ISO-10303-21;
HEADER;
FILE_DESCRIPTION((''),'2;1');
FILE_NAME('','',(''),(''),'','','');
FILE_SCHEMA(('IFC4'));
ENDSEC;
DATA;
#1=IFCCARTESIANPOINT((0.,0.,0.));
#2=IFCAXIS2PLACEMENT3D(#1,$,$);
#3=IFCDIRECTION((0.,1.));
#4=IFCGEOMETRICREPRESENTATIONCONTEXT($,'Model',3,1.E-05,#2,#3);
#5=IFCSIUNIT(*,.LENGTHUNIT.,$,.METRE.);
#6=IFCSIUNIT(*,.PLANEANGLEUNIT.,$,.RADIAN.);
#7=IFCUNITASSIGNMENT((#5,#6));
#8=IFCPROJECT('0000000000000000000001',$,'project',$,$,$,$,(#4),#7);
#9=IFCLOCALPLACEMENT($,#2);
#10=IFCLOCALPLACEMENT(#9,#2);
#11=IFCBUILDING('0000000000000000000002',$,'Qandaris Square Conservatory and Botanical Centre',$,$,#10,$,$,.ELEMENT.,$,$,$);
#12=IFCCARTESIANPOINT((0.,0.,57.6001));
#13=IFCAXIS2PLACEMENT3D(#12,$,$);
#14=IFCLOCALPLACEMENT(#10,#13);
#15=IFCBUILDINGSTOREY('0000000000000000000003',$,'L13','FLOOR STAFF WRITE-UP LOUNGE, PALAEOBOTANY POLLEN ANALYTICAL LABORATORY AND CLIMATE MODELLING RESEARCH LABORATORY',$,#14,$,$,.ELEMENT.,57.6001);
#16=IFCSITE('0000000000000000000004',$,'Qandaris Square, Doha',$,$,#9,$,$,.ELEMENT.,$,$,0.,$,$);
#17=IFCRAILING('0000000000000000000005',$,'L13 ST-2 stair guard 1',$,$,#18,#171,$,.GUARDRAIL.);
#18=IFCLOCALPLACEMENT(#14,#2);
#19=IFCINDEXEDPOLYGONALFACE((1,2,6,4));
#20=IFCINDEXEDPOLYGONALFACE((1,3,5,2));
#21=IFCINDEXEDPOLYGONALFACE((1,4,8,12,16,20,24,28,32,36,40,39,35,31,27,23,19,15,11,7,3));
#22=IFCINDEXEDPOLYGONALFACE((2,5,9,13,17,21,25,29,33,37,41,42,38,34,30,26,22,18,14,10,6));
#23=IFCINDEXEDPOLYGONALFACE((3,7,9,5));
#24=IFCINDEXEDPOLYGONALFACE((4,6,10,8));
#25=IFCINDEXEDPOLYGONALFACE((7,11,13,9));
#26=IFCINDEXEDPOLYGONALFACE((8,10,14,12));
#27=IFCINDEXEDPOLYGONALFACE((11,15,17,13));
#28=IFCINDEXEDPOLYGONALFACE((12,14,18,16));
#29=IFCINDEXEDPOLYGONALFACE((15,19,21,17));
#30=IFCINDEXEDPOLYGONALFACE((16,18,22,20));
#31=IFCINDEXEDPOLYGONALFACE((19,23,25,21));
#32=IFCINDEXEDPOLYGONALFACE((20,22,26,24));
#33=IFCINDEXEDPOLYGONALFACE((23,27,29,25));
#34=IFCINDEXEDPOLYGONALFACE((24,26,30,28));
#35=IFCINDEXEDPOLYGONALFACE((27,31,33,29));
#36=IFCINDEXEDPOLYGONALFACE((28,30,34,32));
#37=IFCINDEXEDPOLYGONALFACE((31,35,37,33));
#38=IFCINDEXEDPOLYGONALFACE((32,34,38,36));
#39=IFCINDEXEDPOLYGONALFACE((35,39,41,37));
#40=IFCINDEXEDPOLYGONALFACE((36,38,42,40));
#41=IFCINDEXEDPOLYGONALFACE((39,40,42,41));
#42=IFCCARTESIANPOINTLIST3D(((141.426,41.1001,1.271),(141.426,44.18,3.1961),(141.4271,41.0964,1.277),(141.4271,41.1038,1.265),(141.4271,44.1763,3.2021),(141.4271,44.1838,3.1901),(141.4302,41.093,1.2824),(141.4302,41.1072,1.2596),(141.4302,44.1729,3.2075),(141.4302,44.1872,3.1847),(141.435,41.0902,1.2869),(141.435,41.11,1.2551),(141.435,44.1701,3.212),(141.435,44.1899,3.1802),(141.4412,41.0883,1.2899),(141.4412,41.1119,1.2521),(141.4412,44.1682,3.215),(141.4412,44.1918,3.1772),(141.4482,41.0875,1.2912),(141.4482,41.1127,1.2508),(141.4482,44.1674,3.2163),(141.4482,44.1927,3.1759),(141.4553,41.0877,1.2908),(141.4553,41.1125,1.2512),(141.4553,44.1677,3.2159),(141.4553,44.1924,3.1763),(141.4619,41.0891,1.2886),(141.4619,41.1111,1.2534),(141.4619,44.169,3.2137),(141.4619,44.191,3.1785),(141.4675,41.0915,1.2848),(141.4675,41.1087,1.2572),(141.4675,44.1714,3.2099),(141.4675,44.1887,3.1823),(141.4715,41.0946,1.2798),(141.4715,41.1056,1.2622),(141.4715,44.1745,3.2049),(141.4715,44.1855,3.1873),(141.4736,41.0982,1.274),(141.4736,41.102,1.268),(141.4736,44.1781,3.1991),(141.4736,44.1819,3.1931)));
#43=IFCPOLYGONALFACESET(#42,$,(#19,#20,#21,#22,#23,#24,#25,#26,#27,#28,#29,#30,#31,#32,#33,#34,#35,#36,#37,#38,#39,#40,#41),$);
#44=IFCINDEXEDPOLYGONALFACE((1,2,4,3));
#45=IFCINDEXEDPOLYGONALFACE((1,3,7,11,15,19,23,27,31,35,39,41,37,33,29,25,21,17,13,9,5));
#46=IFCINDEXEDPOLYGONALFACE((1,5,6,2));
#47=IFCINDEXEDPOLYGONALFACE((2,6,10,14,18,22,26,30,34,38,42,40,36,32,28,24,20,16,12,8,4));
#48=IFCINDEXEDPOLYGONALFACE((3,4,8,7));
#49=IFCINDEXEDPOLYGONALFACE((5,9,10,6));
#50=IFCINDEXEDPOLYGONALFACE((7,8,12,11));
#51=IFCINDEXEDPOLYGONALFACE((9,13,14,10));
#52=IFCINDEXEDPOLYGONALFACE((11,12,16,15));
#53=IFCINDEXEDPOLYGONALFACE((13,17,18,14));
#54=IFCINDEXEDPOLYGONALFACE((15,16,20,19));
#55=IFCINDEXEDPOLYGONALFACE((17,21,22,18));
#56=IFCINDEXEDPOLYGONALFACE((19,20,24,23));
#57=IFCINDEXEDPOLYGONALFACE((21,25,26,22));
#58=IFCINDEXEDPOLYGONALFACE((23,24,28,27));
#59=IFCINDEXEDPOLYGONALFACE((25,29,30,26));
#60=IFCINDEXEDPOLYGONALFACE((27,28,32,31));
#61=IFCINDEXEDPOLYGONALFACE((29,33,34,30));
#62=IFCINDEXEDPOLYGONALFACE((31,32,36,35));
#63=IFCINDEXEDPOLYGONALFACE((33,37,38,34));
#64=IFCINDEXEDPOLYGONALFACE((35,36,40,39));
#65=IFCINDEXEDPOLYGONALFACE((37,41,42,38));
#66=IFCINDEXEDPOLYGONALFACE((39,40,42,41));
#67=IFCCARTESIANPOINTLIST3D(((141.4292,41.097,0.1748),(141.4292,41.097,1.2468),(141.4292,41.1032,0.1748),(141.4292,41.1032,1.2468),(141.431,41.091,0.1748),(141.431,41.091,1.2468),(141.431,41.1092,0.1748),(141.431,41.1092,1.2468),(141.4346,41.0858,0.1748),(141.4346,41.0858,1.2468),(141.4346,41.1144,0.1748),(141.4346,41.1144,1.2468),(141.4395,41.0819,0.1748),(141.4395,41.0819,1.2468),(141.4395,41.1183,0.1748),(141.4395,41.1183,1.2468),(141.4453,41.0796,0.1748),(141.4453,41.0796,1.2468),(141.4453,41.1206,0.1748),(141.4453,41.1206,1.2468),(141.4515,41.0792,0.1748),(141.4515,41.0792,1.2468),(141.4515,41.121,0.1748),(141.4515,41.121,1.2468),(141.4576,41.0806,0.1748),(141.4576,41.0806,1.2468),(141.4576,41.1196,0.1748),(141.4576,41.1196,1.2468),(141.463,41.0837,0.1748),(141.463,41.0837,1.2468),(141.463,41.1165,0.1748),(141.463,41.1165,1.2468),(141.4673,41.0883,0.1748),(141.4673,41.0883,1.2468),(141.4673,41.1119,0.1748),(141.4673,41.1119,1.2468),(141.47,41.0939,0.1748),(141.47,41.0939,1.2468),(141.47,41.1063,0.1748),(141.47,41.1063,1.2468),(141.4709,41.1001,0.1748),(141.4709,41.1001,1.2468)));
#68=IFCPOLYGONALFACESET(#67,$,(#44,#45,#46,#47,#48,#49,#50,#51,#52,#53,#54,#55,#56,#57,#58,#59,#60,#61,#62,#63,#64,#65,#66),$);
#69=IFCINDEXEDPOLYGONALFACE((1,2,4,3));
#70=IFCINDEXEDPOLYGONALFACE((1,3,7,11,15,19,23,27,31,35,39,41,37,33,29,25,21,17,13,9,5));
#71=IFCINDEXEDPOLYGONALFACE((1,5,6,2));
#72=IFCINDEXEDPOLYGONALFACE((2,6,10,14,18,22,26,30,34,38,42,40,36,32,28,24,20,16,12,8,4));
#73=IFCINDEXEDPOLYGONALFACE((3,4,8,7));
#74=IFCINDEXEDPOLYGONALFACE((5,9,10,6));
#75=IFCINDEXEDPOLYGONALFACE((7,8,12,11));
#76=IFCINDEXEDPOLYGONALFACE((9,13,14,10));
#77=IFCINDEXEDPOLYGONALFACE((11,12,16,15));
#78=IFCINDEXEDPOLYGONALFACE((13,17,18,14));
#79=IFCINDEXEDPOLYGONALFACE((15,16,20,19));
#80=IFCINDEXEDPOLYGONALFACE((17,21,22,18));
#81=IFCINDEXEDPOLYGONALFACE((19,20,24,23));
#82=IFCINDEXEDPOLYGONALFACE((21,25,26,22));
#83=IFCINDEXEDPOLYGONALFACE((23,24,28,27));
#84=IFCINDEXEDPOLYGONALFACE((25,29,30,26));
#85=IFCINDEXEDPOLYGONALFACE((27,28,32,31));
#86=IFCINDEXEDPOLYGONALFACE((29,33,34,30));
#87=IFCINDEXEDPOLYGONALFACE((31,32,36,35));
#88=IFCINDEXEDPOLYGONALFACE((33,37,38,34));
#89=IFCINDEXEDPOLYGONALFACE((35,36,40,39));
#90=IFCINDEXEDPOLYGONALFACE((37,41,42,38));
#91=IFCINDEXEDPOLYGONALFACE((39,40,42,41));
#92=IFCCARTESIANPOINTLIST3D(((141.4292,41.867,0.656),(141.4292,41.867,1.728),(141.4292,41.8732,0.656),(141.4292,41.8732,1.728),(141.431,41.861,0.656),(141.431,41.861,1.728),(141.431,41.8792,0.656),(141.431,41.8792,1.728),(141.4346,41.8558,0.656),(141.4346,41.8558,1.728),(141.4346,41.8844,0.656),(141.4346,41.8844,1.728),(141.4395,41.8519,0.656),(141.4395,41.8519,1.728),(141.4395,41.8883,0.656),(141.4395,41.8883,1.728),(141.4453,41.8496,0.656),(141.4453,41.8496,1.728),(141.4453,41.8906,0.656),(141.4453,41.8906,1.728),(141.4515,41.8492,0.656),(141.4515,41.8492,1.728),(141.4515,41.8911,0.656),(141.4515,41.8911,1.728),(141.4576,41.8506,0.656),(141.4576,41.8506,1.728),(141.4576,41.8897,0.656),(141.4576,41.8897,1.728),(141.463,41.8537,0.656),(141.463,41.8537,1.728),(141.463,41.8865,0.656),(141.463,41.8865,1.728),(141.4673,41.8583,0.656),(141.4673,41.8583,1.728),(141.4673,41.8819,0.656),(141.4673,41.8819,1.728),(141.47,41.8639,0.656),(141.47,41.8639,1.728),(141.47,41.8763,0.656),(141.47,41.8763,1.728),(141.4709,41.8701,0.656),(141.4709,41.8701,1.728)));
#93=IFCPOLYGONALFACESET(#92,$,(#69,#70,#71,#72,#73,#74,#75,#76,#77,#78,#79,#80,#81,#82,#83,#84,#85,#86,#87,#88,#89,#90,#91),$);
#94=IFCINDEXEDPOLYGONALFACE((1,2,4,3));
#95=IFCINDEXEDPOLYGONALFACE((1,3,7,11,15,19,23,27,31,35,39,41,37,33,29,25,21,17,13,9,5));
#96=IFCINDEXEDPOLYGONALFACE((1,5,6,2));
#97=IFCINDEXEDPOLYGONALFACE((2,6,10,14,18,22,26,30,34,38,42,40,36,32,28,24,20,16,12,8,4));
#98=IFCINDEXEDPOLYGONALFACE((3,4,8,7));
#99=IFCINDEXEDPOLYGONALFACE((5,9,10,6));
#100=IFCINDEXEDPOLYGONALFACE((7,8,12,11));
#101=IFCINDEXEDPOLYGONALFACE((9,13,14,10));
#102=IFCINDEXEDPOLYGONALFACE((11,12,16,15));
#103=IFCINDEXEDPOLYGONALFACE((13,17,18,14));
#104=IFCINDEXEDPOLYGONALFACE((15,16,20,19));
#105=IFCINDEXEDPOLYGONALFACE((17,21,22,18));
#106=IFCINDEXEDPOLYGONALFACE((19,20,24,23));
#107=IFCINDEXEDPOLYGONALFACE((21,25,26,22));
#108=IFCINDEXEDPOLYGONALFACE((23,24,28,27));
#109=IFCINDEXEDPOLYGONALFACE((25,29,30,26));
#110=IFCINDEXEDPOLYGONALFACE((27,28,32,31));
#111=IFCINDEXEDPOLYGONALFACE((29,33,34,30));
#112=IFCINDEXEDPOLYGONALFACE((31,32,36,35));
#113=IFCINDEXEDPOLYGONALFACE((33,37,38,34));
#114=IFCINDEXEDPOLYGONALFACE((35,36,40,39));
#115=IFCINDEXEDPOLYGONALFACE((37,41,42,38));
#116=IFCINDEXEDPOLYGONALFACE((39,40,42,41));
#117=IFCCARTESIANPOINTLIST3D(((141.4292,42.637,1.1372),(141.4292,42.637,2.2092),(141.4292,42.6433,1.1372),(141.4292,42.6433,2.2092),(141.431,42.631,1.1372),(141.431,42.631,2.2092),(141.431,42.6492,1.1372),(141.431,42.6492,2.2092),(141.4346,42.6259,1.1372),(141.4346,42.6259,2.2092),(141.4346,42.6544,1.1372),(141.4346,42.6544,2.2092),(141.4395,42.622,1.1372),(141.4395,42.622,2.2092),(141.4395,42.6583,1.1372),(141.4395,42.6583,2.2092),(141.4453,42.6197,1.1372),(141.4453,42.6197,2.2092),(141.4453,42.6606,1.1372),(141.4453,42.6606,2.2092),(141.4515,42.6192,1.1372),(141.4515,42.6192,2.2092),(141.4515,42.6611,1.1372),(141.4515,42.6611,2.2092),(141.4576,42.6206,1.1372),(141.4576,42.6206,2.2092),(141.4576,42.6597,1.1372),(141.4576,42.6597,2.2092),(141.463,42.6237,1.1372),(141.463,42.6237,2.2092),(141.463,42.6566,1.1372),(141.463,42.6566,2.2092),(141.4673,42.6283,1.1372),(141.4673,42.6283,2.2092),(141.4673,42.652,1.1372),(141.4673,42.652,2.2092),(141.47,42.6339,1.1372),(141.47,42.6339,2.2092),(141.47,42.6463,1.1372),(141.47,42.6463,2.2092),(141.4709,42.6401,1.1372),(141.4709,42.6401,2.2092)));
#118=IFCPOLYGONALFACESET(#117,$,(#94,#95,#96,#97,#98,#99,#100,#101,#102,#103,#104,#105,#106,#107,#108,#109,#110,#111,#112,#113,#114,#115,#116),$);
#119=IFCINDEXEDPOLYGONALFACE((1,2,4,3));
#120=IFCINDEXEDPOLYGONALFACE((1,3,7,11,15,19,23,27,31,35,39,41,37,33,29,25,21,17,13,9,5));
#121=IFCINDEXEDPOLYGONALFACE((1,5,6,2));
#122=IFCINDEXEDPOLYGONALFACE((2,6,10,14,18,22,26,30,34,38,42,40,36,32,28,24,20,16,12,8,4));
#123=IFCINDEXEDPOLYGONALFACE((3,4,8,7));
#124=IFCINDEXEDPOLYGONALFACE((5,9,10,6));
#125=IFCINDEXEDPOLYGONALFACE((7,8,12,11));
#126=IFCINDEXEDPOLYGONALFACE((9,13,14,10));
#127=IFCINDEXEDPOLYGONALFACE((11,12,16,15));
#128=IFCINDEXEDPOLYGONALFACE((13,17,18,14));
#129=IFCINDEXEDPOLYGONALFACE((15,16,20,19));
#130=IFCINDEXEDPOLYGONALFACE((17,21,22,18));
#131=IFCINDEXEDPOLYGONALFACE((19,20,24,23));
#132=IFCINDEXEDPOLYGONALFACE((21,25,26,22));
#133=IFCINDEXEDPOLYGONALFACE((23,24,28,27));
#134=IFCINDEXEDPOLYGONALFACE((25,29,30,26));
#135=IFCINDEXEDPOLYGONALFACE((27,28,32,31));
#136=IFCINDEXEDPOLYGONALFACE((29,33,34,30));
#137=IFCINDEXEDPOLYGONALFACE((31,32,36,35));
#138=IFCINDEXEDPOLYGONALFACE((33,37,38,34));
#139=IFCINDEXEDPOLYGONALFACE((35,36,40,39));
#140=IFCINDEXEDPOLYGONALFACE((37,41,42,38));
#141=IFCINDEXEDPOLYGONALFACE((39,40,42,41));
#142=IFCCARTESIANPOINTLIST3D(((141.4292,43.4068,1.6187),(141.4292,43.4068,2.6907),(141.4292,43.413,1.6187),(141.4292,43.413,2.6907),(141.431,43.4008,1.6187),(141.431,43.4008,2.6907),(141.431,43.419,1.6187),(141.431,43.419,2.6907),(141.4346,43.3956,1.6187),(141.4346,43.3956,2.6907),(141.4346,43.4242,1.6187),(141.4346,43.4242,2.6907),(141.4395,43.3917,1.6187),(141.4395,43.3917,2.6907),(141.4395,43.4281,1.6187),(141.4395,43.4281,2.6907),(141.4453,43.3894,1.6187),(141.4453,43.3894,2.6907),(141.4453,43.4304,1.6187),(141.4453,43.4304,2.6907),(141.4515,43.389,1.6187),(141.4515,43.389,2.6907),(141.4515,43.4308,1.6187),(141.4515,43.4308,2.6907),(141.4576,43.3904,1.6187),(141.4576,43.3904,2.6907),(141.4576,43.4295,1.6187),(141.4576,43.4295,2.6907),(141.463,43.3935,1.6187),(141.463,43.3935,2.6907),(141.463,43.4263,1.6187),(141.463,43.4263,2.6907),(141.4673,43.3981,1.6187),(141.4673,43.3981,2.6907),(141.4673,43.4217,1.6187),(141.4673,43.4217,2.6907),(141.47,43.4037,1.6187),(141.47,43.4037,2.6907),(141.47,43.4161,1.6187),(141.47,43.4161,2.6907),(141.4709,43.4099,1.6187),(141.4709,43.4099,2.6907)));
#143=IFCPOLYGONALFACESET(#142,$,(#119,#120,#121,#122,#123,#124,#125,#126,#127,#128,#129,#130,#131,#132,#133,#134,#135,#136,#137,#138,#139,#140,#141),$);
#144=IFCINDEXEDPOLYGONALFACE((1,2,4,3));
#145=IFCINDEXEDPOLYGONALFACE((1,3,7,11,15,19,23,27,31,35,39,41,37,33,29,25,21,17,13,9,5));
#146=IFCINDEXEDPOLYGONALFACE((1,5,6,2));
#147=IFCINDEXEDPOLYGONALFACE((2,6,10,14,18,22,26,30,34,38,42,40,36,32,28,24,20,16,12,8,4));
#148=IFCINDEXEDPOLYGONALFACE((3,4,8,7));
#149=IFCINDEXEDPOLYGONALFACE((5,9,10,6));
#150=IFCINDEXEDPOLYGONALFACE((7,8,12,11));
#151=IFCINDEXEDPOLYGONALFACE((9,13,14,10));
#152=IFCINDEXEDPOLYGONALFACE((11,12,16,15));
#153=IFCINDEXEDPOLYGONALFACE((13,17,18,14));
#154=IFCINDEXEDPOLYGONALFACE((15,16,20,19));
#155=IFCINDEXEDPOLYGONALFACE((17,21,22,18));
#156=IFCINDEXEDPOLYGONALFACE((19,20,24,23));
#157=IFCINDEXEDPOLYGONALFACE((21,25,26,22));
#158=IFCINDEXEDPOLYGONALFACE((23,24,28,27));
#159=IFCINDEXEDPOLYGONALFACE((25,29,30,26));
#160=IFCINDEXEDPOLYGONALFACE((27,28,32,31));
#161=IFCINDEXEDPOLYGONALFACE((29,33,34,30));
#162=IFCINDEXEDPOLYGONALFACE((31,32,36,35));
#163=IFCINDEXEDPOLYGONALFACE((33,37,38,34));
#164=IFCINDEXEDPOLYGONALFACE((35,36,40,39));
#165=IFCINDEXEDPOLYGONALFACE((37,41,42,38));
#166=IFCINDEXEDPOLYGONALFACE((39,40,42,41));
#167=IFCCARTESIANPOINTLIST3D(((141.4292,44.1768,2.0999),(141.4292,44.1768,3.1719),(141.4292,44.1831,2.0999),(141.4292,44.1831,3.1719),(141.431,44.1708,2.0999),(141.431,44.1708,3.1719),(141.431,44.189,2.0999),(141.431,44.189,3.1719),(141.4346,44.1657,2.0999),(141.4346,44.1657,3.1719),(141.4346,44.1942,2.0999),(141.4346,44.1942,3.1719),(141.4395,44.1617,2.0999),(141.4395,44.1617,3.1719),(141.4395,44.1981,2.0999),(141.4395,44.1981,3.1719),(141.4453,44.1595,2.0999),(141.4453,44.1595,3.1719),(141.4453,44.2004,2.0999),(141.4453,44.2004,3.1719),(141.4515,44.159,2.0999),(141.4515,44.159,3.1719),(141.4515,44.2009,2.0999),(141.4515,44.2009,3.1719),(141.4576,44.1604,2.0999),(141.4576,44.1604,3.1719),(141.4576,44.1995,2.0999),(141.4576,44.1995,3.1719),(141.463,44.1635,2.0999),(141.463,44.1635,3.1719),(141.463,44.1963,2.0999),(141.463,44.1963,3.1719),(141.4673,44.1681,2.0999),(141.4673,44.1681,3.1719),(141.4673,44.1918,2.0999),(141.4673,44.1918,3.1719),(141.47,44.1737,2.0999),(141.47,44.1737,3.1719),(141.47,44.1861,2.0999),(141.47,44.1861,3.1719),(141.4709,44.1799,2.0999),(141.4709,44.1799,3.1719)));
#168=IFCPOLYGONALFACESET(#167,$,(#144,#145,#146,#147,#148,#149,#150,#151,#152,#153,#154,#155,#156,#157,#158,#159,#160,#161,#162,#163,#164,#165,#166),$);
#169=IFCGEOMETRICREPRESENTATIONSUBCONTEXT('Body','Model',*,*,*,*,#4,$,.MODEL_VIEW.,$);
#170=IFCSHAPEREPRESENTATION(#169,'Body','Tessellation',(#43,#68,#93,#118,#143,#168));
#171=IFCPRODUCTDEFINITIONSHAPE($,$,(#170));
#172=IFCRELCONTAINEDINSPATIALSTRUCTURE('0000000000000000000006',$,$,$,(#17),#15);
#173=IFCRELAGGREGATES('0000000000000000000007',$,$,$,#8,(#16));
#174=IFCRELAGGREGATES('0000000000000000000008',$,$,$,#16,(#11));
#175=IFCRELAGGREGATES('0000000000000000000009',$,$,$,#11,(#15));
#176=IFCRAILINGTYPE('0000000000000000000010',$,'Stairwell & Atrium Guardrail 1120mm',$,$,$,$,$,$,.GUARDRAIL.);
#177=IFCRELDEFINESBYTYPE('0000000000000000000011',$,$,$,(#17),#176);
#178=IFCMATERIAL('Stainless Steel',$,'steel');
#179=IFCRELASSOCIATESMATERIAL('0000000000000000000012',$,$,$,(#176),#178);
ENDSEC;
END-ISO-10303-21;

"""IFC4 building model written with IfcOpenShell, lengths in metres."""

from ifc_helpers import new_model, si_unit, direction, frame, origin, origin_2d, place, context, subcontext, project, spatial, circle, extrude, material, type_object, element, save


model = new_model("IFC4")

# Units and contexts
model_context = context("Model", 3, precision=1e-05, world=origin(), true_north=direction((0.0, 1.0)))
body_context = subcontext(model_context, "Body", "Model", "MODEL_VIEW")
ifc_project = project(units=[si_unit("LENGTHUNIT", "METRE"), si_unit("PLANEANGLEUNIT", "RADIAN")], contexts=[model_context])

# Site, building, storey
site_placement = place(None, origin())
site = spatial("IfcSite", under=ifc_project, at=site_placement, Name="Qandaris Square, Doha", CompositionType="ELEMENT", RefElevation=0.0)
building_placement = place(site_placement, origin())
building = spatial("IfcBuilding", under=site, at=building_placement, Name="Qandaris Square Conservatory and Botanical Centre", CompositionType="ELEMENT")
storey_placement = place(building_placement, frame((0.0, 0.0, 57.6001)))
storey = spatial("IfcBuildingStorey", under=building, at=storey_placement, Name="L13", Description="FLOOR STAFF WRITE-UP LOUNGE, PALAEOBOTANY POLLEN ANALYTICAL LABORATORY AND CLIMATE MODELLING RESEARCH LABORATORY", CompositionType="ELEMENT", Elevation=57.6001)

# Railing
ifc_material_1 = material(Name="Stainless Steel", Category="steel")
railing_type_1 = type_object("IfcRailingType", Name="Stairwell & Atrium Guardrail 1120mm", PredefinedType="GUARDRAIL", material=ifc_material_1)
railing_1_placement = place(storey_placement, frame((141.45, 41.1001, 0.1748)))
element("IfcRailing", 1, at=railing_1_placement, inside=storey, type_object=railing_type_1, Name="L13 ST-2 stair guard 1", PredefinedType="GUARDRAIL", context=body_context, shape_type="SweptSolid", body=[
    extrude(circle(Radius=0.0239, at=origin_2d()), frame((0.0, 0.0, 1.0962), z_axis=(0.0, 0.847979, 0.530029), x_axis=(-1.0, 0.0, 0.0)), (0.0, 0.0, 1.0), 3.6321),
    extrude(circle(Radius=0.021, at=origin_2d()), origin(), (0.0, 0.0, 1.0), 1.072),
    extrude(circle(Radius=0.021, at=origin_2d()), frame((0.0, 0.77, 0.4812)), (0.0, 0.0, 1.0), 1.072),
    extrude(circle(Radius=0.021, at=origin_2d()), frame((0.0, 1.54, 0.9624)), (0.0, 0.0, 1.0), 1.072),
    extrude(circle(Radius=0.021, at=origin_2d()), frame((0.0, 2.3098, 1.4438)), (0.0, 0.0, 1.0), 1.072),
    extrude(circle(Radius=0.021, at=origin_2d()), frame((0.0, 3.0798, 1.925)), (0.0, 0.0, 1.0), 1.072),
])

save(model, "model.ifc")
